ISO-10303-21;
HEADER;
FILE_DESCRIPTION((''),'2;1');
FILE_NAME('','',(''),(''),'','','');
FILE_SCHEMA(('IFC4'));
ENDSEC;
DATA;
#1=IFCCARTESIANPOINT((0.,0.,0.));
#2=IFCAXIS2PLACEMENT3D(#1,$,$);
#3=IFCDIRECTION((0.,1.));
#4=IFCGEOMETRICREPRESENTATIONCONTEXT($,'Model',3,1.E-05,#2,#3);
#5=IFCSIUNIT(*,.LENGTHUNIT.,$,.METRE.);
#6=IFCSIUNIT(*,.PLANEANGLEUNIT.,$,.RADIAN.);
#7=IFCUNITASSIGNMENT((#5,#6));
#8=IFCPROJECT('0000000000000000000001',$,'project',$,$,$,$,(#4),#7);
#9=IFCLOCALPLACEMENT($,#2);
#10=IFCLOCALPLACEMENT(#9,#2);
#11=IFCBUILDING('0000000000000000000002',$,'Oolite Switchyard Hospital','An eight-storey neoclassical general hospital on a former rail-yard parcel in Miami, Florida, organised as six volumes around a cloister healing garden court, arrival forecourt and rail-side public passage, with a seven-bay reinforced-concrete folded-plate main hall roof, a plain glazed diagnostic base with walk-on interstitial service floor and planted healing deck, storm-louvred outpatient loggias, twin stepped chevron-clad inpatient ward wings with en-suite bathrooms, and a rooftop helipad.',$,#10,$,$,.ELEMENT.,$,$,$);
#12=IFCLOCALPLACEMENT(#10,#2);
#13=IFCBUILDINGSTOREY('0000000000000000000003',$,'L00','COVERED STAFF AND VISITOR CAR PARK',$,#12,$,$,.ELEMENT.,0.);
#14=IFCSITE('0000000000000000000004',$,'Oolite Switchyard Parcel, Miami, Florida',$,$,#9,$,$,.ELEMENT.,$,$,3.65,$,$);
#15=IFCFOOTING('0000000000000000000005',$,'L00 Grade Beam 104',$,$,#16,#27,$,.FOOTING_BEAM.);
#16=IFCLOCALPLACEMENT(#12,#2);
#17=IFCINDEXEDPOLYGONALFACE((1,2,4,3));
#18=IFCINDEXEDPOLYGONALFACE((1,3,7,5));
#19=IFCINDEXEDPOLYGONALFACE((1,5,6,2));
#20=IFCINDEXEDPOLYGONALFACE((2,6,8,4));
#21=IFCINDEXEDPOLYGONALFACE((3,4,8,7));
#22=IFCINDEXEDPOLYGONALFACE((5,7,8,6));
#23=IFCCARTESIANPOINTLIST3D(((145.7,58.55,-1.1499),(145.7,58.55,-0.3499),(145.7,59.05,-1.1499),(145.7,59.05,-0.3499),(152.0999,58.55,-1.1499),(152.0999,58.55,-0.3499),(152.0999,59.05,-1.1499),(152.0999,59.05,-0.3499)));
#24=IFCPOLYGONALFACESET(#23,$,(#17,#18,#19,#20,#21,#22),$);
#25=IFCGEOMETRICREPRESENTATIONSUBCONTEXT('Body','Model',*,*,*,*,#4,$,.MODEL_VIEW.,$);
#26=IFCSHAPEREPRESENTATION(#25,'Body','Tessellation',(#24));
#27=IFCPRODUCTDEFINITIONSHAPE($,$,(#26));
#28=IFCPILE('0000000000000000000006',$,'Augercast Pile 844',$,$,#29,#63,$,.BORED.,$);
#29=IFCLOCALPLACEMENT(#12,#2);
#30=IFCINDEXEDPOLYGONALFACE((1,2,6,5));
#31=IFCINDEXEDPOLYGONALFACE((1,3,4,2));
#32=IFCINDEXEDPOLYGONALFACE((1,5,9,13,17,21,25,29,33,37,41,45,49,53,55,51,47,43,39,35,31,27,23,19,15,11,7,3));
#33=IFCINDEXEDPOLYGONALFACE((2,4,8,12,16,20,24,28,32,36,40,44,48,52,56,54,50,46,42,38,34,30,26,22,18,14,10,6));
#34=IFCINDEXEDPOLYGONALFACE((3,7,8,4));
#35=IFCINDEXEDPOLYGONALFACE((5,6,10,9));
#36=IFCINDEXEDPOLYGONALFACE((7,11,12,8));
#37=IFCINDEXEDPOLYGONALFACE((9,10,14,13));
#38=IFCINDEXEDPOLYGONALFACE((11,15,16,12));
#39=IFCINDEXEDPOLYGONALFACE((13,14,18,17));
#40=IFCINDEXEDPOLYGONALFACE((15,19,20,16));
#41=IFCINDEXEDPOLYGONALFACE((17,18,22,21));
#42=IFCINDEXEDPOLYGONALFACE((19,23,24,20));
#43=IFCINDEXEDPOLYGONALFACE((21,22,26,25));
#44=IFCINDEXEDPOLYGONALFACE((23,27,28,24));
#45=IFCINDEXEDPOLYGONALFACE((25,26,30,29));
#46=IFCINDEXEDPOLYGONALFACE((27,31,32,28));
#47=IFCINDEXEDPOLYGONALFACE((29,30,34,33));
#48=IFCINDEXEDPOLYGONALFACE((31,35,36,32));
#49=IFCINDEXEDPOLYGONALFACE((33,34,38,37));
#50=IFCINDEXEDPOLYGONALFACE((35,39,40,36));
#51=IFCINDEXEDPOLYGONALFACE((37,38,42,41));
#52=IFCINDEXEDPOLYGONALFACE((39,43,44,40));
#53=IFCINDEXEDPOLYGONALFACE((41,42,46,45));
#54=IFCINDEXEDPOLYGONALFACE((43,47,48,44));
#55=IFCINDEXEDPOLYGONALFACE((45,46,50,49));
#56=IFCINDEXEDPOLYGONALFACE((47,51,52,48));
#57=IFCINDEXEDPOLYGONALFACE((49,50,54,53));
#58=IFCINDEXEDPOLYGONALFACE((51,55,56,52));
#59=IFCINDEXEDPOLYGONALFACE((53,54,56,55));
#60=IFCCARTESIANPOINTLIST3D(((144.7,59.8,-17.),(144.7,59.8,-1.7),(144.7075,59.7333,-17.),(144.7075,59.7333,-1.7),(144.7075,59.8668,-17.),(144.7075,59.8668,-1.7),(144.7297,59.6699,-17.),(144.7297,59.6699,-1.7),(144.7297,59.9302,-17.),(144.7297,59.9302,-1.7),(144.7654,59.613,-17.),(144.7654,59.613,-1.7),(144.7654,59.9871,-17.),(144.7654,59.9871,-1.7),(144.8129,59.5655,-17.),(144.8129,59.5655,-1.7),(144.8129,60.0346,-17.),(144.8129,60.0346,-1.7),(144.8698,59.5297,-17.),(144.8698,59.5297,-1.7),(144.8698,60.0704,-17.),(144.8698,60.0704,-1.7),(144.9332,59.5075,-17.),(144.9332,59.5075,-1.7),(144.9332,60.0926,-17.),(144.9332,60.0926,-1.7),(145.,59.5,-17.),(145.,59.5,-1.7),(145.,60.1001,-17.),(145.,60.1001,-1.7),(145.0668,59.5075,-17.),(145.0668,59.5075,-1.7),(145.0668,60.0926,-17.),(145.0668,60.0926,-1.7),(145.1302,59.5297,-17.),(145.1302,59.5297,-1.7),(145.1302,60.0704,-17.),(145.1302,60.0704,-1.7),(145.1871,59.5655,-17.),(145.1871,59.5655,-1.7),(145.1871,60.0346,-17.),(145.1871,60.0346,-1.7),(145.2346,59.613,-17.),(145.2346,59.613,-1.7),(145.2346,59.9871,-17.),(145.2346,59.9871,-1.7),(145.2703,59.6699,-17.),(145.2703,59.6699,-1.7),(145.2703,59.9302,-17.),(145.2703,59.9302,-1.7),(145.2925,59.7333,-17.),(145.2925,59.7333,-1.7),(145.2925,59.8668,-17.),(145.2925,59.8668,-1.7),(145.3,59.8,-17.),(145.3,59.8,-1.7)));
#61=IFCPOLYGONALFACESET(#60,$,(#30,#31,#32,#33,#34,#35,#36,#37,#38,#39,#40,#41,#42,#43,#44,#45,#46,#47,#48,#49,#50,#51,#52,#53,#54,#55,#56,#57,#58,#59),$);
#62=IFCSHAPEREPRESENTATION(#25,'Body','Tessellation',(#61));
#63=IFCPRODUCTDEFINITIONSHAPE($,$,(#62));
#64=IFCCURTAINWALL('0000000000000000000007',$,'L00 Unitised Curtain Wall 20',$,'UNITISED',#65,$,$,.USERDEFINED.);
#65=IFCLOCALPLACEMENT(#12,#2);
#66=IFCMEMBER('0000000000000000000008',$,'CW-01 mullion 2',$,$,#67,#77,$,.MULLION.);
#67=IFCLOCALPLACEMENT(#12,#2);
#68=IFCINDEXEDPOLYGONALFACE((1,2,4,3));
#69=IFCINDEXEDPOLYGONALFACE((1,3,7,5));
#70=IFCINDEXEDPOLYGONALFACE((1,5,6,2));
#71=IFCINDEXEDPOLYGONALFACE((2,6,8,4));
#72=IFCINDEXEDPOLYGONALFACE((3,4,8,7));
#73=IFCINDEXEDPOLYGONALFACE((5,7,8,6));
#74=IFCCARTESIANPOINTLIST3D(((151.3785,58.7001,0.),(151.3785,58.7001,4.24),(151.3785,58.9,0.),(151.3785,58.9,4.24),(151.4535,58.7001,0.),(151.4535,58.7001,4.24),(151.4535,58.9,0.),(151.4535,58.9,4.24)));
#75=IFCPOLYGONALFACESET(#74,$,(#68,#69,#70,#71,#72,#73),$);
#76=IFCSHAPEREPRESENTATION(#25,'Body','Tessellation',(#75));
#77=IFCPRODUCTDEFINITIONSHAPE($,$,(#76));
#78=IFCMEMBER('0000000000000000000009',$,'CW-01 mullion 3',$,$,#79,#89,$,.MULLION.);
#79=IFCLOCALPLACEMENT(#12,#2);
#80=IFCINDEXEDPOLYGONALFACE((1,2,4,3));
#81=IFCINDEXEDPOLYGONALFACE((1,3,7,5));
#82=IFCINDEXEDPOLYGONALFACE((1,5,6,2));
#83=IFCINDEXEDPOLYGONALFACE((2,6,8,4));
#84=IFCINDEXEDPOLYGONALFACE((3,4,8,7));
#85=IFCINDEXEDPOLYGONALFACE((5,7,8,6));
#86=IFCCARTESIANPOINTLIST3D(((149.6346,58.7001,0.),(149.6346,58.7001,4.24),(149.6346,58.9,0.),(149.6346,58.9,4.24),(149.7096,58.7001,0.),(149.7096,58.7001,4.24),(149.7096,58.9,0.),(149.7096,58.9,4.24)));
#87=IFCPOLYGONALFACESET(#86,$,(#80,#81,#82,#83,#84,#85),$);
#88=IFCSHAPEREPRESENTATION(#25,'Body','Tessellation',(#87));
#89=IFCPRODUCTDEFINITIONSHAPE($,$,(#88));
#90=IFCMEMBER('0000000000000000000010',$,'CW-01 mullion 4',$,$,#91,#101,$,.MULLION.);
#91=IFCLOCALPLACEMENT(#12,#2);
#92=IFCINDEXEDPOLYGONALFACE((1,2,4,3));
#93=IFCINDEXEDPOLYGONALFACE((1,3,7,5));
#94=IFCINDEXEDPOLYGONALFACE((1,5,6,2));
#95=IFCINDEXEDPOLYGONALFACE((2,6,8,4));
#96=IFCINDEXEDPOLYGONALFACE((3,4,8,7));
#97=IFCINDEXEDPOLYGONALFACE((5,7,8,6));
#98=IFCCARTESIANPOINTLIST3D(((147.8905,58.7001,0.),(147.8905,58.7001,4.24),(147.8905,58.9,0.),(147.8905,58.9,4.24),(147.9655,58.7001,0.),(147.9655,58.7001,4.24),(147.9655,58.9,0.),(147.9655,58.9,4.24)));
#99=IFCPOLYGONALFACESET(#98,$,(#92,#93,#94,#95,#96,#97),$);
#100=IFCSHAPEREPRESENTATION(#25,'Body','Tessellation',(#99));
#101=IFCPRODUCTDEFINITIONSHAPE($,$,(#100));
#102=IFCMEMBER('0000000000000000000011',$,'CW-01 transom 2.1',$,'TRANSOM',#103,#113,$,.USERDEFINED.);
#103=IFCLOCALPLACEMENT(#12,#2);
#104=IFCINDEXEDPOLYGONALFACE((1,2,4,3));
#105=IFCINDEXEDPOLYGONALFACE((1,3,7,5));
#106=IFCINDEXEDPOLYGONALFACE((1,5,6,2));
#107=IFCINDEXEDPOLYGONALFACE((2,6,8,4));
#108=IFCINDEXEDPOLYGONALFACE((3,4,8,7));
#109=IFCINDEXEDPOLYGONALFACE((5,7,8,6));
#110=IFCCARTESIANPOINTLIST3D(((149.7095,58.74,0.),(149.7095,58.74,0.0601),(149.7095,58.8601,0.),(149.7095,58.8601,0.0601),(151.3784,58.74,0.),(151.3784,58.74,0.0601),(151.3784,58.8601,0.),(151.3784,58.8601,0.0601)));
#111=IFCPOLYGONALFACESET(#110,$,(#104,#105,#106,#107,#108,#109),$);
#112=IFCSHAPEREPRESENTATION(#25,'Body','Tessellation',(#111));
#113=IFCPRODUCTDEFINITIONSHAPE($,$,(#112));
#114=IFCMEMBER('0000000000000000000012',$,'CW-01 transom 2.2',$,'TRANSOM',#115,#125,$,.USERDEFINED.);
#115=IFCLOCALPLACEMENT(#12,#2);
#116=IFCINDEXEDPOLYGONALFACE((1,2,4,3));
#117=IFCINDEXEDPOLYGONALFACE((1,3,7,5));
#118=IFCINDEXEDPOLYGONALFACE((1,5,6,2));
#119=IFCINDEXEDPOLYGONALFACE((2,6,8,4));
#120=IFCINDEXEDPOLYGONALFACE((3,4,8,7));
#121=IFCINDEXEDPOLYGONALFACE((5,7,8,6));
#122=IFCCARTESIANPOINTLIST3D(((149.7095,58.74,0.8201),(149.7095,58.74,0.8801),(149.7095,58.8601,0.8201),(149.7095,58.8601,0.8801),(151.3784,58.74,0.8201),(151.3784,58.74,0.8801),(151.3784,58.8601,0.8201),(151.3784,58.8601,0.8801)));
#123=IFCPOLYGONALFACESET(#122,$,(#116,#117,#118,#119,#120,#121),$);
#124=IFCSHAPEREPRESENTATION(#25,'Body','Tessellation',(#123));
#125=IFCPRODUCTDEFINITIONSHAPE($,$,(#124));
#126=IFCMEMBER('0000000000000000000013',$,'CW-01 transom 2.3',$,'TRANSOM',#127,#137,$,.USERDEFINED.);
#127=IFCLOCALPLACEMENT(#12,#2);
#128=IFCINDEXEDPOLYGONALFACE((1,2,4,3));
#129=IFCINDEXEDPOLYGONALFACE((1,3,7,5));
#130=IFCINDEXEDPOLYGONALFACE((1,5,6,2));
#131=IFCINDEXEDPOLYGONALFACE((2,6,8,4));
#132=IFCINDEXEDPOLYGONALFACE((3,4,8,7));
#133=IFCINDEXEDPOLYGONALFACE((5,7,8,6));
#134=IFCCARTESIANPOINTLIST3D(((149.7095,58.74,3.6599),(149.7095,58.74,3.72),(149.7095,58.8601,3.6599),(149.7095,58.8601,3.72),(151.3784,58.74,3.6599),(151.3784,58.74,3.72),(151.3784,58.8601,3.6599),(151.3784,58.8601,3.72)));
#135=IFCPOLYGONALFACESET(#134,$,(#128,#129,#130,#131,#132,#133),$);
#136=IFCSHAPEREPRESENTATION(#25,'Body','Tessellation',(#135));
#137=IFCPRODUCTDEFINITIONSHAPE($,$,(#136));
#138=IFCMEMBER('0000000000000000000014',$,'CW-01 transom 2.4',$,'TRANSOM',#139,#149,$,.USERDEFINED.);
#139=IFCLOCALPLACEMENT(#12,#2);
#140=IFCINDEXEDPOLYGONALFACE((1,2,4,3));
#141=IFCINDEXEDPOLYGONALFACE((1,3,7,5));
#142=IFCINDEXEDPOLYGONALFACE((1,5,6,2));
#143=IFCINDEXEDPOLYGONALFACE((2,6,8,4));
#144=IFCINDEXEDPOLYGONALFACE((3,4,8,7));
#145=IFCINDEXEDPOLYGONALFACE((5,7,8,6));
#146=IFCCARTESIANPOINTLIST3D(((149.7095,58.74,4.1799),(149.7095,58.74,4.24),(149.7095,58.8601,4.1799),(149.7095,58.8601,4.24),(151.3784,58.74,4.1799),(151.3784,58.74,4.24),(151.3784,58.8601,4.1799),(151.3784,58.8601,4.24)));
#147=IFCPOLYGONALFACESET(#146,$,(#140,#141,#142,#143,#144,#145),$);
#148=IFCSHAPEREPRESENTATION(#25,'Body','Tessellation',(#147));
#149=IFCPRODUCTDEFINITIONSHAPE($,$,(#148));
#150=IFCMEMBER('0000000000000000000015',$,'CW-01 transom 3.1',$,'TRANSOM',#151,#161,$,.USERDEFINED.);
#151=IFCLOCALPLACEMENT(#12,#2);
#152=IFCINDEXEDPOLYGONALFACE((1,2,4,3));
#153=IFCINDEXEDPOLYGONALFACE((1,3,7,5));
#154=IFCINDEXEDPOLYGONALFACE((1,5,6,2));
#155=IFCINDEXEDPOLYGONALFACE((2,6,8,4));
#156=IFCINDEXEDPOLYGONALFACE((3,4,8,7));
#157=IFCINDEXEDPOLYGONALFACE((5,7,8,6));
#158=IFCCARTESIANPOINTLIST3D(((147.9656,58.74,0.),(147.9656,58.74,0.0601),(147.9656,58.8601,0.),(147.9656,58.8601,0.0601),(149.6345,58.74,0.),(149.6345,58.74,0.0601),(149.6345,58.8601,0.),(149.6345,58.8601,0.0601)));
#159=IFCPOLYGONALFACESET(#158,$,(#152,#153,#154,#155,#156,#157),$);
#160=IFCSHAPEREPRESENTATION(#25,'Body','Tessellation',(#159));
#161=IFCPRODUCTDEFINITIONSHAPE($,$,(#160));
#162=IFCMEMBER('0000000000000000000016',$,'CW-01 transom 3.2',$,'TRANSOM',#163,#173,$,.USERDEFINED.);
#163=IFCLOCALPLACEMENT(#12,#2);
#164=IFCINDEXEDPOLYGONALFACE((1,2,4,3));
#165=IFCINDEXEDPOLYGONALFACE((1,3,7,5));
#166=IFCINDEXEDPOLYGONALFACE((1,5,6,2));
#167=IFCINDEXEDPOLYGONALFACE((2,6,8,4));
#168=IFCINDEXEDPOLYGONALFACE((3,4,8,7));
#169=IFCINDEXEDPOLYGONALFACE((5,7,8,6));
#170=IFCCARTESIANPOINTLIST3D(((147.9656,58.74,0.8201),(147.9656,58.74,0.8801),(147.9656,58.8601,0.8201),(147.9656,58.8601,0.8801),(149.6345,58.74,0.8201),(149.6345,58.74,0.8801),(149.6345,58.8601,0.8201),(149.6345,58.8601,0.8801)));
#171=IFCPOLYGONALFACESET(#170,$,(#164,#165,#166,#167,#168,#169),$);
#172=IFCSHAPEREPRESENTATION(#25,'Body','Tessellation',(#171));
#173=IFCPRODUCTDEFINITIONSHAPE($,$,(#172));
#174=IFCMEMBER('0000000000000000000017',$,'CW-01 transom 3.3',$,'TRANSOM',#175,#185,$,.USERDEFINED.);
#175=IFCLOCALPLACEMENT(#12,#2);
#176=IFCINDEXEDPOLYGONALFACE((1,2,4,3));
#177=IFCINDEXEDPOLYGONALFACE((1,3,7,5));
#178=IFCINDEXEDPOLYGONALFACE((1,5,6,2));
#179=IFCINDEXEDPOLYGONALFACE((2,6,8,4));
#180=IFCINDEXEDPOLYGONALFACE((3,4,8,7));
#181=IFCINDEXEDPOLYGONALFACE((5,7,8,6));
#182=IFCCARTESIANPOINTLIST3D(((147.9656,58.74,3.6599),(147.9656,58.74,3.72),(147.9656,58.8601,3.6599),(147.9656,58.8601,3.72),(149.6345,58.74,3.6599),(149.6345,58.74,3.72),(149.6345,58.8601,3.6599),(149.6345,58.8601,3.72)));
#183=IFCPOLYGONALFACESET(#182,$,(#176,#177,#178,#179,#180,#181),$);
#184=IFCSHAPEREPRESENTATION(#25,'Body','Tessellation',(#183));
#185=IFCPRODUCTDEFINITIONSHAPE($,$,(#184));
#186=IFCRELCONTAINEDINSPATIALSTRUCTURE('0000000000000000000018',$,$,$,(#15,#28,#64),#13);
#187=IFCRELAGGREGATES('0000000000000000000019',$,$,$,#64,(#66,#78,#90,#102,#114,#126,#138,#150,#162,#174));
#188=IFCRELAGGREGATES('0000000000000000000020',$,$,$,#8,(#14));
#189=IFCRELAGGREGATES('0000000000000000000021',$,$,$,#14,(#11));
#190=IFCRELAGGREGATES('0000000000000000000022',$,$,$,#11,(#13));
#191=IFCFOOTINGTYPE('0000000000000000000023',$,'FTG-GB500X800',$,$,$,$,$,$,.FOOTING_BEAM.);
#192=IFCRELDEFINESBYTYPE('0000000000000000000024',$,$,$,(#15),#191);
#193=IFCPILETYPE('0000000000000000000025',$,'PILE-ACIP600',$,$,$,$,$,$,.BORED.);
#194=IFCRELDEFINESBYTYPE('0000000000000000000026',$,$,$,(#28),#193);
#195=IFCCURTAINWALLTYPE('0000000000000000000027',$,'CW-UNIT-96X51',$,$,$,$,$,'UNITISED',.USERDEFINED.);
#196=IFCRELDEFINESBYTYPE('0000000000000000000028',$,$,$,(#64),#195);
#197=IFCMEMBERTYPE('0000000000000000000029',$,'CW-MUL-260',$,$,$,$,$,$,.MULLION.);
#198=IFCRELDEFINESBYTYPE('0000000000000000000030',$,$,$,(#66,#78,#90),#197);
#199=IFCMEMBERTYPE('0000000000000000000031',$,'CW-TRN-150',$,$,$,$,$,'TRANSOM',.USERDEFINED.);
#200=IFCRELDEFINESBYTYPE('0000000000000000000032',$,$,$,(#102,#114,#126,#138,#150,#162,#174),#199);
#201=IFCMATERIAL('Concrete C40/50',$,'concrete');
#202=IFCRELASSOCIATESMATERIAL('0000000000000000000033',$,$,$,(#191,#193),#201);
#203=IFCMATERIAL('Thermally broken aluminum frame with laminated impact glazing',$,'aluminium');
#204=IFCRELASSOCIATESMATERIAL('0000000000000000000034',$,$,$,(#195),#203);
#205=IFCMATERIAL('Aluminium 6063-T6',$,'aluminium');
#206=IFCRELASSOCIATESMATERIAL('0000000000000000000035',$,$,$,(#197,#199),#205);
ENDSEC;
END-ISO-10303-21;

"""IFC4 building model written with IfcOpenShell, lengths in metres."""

from ifc_helpers import new_model, si_unit, direction, frame, origin, origin_2d, place, context, subcontext, project, spatial, rectangle, circle, extrude, material, material_profile, profile_set, type_object, element, aggregate, save


model = new_model("IFC4")

# Units and contexts
model_context = context("Model", 3, precision=1e-05, world=origin(), true_north=direction((0.0, 1.0)))
body_context = subcontext(model_context, "Body", "Model", "MODEL_VIEW")
ifc_project = project(units=[si_unit("LENGTHUNIT", "METRE"), si_unit("PLANEANGLEUNIT", "RADIAN")], contexts=[model_context])

# Site, building, storey
site_placement = place(None, origin())
site = spatial("IfcSite", under=ifc_project, at=site_placement, Name="Oolite Switchyard Parcel, Miami, Florida", CompositionType="ELEMENT", RefElevation=3.65)
building_placement = place(site_placement, origin())
building = spatial("IfcBuilding", under=site, at=building_placement, Name="Oolite Switchyard Hospital", Description="An eight-storey neoclassical general hospital on a former rail-yard parcel in Miami, Florida, organised as six volumes around a cloister healing garden court, arrival forecourt and rail-side public passage, with a seven-bay reinforced-concrete folded-plate main hall roof, a plain glazed diagnostic base with walk-on interstitial service floor and planted healing deck, storm-louvred outpatient loggias, twin stepped chevron-clad inpatient ward wings with en-suite bathrooms, and a rooftop helipad.", CompositionType="ELEMENT")
storey_placement = place(building_placement, origin())
storey = spatial("IfcBuildingStorey", under=building, at=storey_placement, Name="L00", Description="COVERED STAFF AND VISITOR CAR PARK", CompositionType="ELEMENT", Elevation=0.0)

# Footing
ifc_material_1 = material(Name="Concrete C40/50", Category="concrete")
footing_type = type_object("IfcFootingType", Name="FTG-GB500X800", PredefinedType="FOOTING_BEAM", material=ifc_material_1)
footing_placement = place(storey_placement, frame((148.8999, 58.8, -1.1499), z_axis=(0.0, 0.0, 1.0), x_axis=(1.0, 0.0, 0.0)))
element("IfcFooting", 1, at=footing_placement, inside=storey, type_object=footing_type, Name="L00 Grade Beam 104", PredefinedType="FOOTING_BEAM", context=body_context, shape_type="SweptSolid", body=[
    extrude(rectangle(XDim=6.3999, YDim=0.5, at=origin_2d()), origin(), (0.0, 0.0, 1.0), 0.8),
])

# Pile
ifc_material_profile_1 = material_profile(ifc_material_1, circle(Radius=0.3, at=origin_2d()), Name="PILE600")
ifc_profile_set_1 = profile_set([ifc_material_profile_1], Name="Concrete C40/50")
pile_type = type_object("IfcPileType", Name="PILE-ACIP600", PredefinedType="BORED", material=ifc_profile_set_1)
pile_placement = place(storey_placement, frame((145.0, 59.8, -1.7), z_axis=(0.0, 0.0, -1.0), x_axis=(1.0, 0.0, 0.0)))
element("IfcPile", 2, at=pile_placement, inside=storey, type_object=pile_type, Name="Augercast Pile 844", PredefinedType="BORED", context=body_context, shape_type="SweptSolid", body=[
    extrude(circle(Radius=0.3, at=origin_2d()), origin(), (0.0, 0.0, 1.0), 15.3),
])

# Curtain wall, members
ifc_material_2 = material(Name="Thermally broken aluminum frame with laminated impact glazing", Category="aluminium")
curtain_wall_type = type_object("IfcCurtainWallType", Name="CW-UNIT-96X51", ElementType="UNITISED", PredefinedType="USERDEFINED", material=ifc_material_2)
curtain_wall_placement = place(storey_placement, origin())
curtain_wall = element("IfcCurtainWall", 3, at=curtain_wall_placement, inside=storey, type_object=curtain_wall_type, Name="L00 Unitised Curtain Wall 20", ObjectType="UNITISED", PredefinedType="USERDEFINED")
ifc_material_3 = material(Name="Aluminium 6063-T6", Category="aluminium")
ifc_material_profile_2 = material_profile(ifc_material_3, rectangle(XDim=0.2, YDim=0.075, at=origin_2d()), Name="CWM75X200")
ifc_profile_set_2 = profile_set([ifc_material_profile_2], Name="Aluminium 6063-T6")
member_type_1 = type_object("IfcMemberType", Name="CW-MUL-260", PredefinedType="MULLION", material=ifc_profile_set_2)
member_1_placement = place(storey_placement, frame((151.416, 58.8, 0.0), z_axis=(0.0, 0.0, 1.0), x_axis=(0.0, -1.0, 0.0)))
member_1 = element("IfcMember", 4, at=member_1_placement, type_object=member_type_1, Name="CW-01 mullion 2", PredefinedType="MULLION", context=body_context, shape_type="SweptSolid", body=[
    extrude(rectangle(XDim=0.2, YDim=0.075, at=origin_2d()), origin(), (0.0, 0.0, 1.0), 4.24),
])
member_2_placement = place(storey_placement, frame((149.6721, 58.8, 0.0), z_axis=(0.0, 0.0, 1.0), x_axis=(0.0, -1.0, 0.0)))
member_2 = element("IfcMember", 5, at=member_2_placement, type_object=member_type_1, Name="CW-01 mullion 3", PredefinedType="MULLION", context=body_context, shape_type="SweptSolid", body=[
    extrude(rectangle(XDim=0.2, YDim=0.075, at=origin_2d()), origin(), (0.0, 0.0, 1.0), 4.24),
])
member_3_placement = place(storey_placement, frame((147.928, 58.8, 0.0), z_axis=(0.0, 0.0, 1.0), x_axis=(0.0, -1.0, 0.0)))
member_3 = element("IfcMember", 6, at=member_3_placement, type_object=member_type_1, Name="CW-01 mullion 4", PredefinedType="MULLION", context=body_context, shape_type="SweptSolid", body=[
    extrude(rectangle(XDim=0.2, YDim=0.075, at=origin_2d()), origin(), (0.0, 0.0, 1.0), 4.24),
])
ifc_material_profile_3 = material_profile(ifc_material_3, rectangle(XDim=0.1201, YDim=0.0601, at=origin_2d()), Name="CWT60X120")
ifc_profile_set_3 = profile_set([ifc_material_profile_3], Name="Aluminium 6063-T6")
member_type_2 = type_object("IfcMemberType", Name="CW-TRN-150", ElementType="TRANSOM", PredefinedType="USERDEFINED", material=ifc_profile_set_3)
member_4_placement = place(storey_placement, frame((151.3784, 58.8, 0.03), z_axis=(-1.0, 0.0, 0.0), x_axis=(0.0, -1.0, 0.0)))
member_4 = element("IfcMember", 7, at=member_4_placement, type_object=member_type_2, Name="CW-01 transom 2.1", ObjectType="TRANSOM", PredefinedType="USERDEFINED", context=body_context, shape_type="SweptSolid", body=[
    extrude(rectangle(XDim=0.1201, YDim=0.0601, at=origin_2d()), origin(), (0.0, 0.0, 1.0), 1.6689),
])
member_5_placement = place(storey_placement, frame((151.3784, 58.8, 0.8501), z_axis=(-1.0, 0.0, 0.0), x_axis=(0.0, -1.0, 0.0)))
member_5 = element("IfcMember", 8, at=member_5_placement, type_object=member_type_2, Name="CW-01 transom 2.2", ObjectType="TRANSOM", PredefinedType="USERDEFINED", context=body_context, shape_type="SweptSolid", body=[
    extrude(rectangle(XDim=0.1201, YDim=0.0601, at=origin_2d()), origin(), (0.0, 0.0, 1.0), 1.6689),
])
member_6_placement = place(storey_placement, frame((151.3784, 58.8, 3.6899), z_axis=(-1.0, 0.0, 0.0), x_axis=(0.0, -1.0, 0.0)))
member_6 = element("IfcMember", 9, at=member_6_placement, type_object=member_type_2, Name="CW-01 transom 2.3", ObjectType="TRANSOM", PredefinedType="USERDEFINED", context=body_context, shape_type="SweptSolid", body=[
    extrude(rectangle(XDim=0.1201, YDim=0.0601, at=origin_2d()), origin(), (0.0, 0.0, 1.0), 1.6689),
])
member_7_placement = place(storey_placement, frame((151.3784, 58.8, 4.21), z_axis=(-1.0, 0.0, 0.0), x_axis=(0.0, -1.0, 0.0)))
member_7 = element("IfcMember", 10, at=member_7_placement, type_object=member_type_2, Name="CW-01 transom 2.4", ObjectType="TRANSOM", PredefinedType="USERDEFINED", context=body_context, shape_type="SweptSolid", body=[
    extrude(rectangle(XDim=0.1201, YDim=0.0601, at=origin_2d()), origin(), (0.0, 0.0, 1.0), 1.6689),
])
member_8_placement = place(storey_placement, frame((149.6345, 58.8, 0.03), z_axis=(-1.0, 0.0, 0.0), x_axis=(0.0, -1.0, 0.0)))
member_8 = element("IfcMember", 11, at=member_8_placement, type_object=member_type_2, Name="CW-01 transom 3.1", ObjectType="TRANSOM", PredefinedType="USERDEFINED", context=body_context, shape_type="SweptSolid", body=[
    extrude(rectangle(XDim=0.1201, YDim=0.0601, at=origin_2d()), origin(), (0.0, 0.0, 1.0), 1.6689),
])
member_9_placement = place(storey_placement, frame((149.6345, 58.8, 0.8501), z_axis=(-1.0, 0.0, 0.0), x_axis=(0.0, -1.0, 0.0)))
member_9 = element("IfcMember", 12, at=member_9_placement, type_object=member_type_2, Name="CW-01 transom 3.2", ObjectType="TRANSOM", PredefinedType="USERDEFINED", context=body_context, shape_type="SweptSolid", body=[
    extrude(rectangle(XDim=0.1201, YDim=0.0601, at=origin_2d()), origin(), (0.0, 0.0, 1.0), 1.6689),
])
member_10_placement = place(storey_placement, frame((149.6345, 58.8, 3.6899), z_axis=(-1.0, 0.0, 0.0), x_axis=(0.0, -1.0, 0.0)))
member_10 = element("IfcMember", 13, at=member_10_placement, type_object=member_type_2, Name="CW-01 transom 3.3", ObjectType="TRANSOM", PredefinedType="USERDEFINED", context=body_context, shape_type="SweptSolid", body=[
    extrude(rectangle(XDim=0.1201, YDim=0.0601, at=origin_2d()), origin(), (0.0, 0.0, 1.0), 1.6689),
])
aggregate(curtain_wall, [member_1, member_2, member_3, member_4, member_5, member_6, member_7, member_8, member_9, member_10])

save(model, "model.ifc")
